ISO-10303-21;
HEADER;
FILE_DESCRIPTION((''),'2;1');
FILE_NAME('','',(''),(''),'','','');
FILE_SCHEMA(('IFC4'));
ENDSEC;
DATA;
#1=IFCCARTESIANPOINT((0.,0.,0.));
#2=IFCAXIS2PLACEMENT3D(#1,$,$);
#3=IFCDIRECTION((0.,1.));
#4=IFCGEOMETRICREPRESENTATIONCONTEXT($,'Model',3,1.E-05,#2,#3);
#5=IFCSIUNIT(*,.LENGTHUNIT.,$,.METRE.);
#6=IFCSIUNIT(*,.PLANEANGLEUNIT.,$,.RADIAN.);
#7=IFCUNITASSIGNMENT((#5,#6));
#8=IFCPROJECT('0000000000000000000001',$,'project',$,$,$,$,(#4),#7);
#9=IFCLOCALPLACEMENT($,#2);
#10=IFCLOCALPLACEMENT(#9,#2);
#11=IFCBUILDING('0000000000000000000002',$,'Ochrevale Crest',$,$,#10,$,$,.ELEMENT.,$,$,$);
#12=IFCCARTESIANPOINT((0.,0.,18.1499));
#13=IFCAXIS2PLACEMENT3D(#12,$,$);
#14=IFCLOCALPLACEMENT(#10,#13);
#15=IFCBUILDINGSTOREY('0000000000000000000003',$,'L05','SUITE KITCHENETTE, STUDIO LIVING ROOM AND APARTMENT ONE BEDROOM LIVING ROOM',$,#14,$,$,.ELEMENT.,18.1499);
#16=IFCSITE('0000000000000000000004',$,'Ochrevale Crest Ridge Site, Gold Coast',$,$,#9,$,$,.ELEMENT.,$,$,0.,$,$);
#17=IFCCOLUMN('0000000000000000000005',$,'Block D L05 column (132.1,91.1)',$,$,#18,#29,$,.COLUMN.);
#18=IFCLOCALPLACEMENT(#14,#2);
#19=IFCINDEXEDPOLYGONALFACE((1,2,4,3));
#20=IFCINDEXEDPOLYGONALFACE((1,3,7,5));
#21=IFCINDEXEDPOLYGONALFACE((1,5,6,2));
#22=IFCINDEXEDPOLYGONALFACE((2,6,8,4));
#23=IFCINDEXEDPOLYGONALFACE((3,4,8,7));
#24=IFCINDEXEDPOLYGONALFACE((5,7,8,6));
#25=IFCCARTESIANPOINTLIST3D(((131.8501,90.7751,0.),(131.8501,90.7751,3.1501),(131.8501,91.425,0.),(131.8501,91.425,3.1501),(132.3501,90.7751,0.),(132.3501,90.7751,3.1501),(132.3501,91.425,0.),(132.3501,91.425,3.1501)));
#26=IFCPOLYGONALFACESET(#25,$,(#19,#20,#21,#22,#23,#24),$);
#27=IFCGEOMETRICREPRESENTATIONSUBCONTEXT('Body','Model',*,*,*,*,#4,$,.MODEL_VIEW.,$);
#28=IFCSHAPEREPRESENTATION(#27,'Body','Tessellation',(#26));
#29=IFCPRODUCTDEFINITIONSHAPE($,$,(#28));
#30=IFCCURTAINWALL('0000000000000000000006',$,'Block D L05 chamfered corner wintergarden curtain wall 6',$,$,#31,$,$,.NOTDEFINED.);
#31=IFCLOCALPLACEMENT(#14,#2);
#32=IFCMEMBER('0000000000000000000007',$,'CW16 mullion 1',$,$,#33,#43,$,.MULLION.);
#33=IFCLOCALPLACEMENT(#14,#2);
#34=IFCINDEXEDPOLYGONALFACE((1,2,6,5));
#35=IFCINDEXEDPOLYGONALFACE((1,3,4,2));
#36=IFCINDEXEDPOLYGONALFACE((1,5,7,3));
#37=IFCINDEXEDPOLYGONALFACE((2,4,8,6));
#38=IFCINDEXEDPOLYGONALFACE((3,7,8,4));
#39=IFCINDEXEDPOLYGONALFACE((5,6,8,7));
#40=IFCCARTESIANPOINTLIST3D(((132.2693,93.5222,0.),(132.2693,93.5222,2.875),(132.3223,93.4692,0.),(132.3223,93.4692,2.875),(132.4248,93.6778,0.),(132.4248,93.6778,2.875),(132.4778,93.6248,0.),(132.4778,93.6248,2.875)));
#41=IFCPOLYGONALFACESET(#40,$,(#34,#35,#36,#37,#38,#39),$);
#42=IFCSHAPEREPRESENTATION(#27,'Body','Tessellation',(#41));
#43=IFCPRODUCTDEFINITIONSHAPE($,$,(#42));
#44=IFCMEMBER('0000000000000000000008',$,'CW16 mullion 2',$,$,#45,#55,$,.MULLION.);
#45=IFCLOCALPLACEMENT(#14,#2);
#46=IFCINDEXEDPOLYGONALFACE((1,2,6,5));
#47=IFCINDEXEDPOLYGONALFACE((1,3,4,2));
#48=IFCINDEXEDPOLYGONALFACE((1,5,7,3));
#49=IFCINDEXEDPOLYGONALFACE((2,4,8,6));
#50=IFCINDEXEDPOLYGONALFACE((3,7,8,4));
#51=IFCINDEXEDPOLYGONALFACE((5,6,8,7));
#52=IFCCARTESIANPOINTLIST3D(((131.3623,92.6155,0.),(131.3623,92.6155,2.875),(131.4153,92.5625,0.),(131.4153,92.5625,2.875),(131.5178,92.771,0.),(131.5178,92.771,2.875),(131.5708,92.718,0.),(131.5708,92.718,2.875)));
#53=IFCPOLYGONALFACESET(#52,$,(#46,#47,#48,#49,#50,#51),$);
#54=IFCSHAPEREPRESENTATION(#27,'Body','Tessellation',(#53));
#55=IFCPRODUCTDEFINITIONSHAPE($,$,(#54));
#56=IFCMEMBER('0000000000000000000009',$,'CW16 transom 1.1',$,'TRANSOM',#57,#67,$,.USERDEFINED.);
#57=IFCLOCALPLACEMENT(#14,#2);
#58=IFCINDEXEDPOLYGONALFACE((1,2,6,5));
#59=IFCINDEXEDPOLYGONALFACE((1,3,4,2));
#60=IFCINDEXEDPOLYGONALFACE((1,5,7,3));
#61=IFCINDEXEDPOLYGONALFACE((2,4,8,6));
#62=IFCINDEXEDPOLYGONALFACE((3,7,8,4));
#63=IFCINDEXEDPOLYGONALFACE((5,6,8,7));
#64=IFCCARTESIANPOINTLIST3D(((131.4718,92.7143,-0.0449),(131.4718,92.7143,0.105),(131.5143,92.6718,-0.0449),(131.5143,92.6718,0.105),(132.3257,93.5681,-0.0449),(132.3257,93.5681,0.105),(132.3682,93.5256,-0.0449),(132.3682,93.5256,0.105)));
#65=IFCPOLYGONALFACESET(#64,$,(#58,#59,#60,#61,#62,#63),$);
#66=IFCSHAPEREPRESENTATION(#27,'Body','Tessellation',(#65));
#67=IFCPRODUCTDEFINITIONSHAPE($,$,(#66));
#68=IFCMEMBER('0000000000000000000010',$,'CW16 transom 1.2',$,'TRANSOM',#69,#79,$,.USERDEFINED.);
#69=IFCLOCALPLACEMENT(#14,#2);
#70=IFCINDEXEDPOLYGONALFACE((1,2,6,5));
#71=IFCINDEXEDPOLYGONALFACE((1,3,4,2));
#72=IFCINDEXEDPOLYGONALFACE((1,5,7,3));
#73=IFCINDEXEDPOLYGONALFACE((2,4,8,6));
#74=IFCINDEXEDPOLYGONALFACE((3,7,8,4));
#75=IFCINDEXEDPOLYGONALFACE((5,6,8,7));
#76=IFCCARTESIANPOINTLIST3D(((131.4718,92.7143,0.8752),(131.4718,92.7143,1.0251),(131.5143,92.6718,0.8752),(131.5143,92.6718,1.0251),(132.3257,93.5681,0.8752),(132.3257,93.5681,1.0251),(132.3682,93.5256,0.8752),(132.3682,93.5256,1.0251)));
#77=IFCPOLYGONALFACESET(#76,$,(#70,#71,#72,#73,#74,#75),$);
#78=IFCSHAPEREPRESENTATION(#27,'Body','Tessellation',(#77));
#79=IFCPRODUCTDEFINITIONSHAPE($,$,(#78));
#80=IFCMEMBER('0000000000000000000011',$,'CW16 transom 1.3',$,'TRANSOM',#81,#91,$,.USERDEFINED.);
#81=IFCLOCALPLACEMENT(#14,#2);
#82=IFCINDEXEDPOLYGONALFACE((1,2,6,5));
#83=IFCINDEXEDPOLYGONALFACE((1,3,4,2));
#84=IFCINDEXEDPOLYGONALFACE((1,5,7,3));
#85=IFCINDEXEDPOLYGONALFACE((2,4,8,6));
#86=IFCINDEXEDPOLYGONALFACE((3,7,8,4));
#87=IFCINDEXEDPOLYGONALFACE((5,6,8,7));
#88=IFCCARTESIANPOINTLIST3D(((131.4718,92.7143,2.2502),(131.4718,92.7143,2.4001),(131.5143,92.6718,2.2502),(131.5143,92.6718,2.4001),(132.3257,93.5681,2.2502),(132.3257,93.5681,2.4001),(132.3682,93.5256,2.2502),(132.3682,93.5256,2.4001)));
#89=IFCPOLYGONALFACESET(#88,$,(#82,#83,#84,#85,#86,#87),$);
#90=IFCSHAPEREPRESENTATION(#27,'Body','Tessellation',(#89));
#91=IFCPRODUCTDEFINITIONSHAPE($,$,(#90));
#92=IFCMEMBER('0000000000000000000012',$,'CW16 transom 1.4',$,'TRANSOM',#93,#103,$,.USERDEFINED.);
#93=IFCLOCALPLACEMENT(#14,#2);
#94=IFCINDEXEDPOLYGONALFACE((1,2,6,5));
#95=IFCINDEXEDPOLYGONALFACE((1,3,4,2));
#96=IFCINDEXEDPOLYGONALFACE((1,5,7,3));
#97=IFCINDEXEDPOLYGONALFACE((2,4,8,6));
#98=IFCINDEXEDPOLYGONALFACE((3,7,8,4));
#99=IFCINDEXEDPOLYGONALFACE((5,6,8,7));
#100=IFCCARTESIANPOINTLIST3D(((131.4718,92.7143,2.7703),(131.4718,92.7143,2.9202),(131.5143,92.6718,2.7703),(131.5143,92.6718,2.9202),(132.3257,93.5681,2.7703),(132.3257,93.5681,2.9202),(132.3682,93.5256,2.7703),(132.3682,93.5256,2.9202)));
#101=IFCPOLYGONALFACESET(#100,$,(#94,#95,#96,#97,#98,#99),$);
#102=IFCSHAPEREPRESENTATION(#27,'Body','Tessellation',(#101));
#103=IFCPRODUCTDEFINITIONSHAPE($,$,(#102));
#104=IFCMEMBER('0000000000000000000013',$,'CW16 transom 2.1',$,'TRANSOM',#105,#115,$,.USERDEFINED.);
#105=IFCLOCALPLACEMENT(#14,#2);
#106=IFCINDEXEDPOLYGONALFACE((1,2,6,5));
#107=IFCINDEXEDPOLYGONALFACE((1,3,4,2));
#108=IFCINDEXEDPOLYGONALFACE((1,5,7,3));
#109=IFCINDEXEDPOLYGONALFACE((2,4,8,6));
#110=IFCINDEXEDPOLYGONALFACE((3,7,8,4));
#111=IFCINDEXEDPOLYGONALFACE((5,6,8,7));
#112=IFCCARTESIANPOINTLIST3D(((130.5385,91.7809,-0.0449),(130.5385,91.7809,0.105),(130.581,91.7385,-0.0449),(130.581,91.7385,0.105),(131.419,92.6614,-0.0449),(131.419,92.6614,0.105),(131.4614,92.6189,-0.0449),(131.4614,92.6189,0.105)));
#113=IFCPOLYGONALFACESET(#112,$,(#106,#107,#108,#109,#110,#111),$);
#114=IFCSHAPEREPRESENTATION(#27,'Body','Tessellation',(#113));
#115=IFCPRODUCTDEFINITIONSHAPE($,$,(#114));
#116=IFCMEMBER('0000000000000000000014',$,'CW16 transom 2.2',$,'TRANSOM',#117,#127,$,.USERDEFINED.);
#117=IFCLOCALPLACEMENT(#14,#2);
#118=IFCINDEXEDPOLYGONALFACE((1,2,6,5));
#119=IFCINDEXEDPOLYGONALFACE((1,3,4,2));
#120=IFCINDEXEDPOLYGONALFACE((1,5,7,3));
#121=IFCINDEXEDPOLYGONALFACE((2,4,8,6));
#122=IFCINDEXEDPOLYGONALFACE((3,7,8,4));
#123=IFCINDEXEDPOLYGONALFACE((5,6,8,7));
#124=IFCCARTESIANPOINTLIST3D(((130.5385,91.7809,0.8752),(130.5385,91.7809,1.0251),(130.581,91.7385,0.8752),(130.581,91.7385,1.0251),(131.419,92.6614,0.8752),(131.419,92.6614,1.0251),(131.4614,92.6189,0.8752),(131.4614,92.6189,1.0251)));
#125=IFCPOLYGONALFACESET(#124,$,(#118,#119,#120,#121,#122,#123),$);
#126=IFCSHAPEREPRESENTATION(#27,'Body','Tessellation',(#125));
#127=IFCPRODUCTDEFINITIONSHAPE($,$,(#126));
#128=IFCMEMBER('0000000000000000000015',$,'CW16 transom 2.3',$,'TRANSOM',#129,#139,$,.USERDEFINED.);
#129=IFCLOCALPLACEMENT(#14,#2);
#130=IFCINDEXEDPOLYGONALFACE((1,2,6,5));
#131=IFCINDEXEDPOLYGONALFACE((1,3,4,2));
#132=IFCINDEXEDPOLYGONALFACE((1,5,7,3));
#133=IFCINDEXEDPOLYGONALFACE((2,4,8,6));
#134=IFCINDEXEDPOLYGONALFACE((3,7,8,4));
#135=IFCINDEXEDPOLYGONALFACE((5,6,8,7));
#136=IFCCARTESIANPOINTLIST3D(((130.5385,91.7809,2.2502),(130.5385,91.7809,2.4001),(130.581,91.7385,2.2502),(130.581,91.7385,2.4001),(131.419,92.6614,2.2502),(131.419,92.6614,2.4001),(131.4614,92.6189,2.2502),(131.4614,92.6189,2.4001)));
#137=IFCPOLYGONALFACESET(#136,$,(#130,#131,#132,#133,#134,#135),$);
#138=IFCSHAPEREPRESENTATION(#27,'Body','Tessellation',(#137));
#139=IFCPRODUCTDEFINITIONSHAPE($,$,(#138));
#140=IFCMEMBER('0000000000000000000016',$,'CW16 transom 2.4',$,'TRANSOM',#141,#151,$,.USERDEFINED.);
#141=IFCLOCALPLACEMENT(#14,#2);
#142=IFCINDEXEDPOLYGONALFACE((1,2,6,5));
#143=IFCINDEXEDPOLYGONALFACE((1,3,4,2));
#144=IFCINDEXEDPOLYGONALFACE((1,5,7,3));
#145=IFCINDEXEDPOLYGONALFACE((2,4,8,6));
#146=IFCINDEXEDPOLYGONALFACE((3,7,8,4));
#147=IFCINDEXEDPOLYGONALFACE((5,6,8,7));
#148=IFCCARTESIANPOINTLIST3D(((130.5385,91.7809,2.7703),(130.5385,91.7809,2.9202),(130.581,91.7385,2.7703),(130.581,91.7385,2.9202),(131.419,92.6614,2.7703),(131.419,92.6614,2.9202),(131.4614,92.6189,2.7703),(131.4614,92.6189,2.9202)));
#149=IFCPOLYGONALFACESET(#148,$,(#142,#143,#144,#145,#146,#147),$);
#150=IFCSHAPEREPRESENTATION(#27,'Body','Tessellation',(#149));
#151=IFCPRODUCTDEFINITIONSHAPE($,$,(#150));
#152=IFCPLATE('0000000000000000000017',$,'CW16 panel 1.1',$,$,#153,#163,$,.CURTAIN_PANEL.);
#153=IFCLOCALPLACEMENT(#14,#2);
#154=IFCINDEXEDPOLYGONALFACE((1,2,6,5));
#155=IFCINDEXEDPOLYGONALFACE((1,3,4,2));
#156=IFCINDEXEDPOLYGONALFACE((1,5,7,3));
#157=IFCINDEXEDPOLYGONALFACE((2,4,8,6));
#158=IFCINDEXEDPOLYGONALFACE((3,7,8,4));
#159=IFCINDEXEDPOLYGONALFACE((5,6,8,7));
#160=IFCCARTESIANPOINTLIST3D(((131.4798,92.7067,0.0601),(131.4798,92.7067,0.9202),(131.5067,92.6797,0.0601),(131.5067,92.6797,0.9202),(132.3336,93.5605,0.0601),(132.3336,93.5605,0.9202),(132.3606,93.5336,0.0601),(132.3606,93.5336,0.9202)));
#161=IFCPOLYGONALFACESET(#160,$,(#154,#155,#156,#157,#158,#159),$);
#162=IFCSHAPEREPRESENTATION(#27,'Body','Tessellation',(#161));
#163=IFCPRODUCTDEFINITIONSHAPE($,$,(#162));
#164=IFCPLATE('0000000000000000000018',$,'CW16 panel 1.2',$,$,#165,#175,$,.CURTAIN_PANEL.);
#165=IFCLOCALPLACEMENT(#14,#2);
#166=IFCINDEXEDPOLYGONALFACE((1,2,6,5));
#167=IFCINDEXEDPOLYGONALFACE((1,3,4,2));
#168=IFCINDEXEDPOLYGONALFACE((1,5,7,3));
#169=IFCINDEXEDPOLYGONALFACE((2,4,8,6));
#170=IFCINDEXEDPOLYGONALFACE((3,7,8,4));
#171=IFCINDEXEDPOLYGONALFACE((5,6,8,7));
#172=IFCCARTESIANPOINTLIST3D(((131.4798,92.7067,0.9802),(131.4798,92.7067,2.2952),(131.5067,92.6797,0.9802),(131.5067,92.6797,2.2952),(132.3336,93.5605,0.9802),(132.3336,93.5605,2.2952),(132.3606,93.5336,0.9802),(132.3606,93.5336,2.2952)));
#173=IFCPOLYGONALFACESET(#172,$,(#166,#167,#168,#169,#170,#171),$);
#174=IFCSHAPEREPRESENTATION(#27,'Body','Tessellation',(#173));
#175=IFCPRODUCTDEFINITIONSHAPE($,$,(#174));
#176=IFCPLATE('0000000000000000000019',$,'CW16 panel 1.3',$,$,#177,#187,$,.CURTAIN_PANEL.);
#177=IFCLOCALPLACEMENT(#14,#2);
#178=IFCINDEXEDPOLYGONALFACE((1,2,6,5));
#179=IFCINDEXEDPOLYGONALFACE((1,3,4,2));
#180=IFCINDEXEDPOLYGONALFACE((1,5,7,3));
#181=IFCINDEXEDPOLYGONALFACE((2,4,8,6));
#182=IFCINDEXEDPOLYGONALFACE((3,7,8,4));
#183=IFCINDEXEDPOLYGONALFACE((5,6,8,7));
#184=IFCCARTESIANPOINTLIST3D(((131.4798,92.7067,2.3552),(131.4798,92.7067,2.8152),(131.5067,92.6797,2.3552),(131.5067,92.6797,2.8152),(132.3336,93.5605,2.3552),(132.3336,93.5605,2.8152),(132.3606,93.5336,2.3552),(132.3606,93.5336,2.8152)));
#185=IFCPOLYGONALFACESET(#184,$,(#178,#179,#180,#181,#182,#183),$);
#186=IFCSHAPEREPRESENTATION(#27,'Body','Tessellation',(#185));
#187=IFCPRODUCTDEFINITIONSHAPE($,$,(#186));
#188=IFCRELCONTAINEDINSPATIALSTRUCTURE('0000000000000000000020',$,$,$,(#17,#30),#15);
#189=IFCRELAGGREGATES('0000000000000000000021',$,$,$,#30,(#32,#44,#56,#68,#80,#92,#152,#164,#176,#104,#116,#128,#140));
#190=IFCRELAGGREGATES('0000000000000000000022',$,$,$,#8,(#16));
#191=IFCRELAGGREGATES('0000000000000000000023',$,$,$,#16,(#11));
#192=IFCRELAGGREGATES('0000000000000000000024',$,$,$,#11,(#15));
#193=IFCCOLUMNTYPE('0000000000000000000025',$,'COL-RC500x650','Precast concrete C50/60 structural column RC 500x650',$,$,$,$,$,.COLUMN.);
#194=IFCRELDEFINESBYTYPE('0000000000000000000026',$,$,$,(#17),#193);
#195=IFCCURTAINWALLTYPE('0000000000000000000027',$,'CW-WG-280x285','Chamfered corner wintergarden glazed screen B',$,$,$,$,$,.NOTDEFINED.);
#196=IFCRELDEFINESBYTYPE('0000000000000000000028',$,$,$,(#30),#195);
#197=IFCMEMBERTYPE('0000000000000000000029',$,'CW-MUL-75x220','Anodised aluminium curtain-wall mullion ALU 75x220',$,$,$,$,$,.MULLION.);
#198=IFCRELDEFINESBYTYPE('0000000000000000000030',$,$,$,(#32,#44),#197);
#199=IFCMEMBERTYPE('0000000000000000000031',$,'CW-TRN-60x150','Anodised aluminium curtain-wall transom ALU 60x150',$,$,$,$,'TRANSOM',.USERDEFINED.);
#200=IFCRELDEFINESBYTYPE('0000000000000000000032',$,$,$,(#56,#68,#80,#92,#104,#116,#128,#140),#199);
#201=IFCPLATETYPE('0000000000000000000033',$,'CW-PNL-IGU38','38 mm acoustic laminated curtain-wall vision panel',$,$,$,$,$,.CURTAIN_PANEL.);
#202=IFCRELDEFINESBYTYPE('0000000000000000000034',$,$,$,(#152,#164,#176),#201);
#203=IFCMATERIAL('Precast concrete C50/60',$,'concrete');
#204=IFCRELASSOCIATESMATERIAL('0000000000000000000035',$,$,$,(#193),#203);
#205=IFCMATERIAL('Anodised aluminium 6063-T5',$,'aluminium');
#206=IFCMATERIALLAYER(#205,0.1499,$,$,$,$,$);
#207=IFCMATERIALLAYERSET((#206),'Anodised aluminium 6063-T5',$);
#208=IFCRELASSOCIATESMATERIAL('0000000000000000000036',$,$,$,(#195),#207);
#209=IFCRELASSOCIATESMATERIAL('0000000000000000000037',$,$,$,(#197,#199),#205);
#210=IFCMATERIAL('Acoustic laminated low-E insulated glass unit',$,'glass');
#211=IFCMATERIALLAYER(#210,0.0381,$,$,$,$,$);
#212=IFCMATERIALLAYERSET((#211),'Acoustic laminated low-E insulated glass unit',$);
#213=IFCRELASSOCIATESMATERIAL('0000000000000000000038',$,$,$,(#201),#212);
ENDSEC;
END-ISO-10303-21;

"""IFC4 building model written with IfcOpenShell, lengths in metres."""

from ifc_helpers import new_model, si_unit, direction, frame, origin, origin_2d, place, context, subcontext, project, spatial, rectangle, extrude, material, layer, layer_set, material_profile, profile_set, type_object, element, aggregate, save


model = new_model("IFC4")

# Units and contexts
model_context = context("Model", 3, precision=1e-05, world=origin(), true_north=direction((0.0, 1.0)))
body_context = subcontext(model_context, "Body", "Model", "MODEL_VIEW")
ifc_project = project(units=[si_unit("LENGTHUNIT", "METRE"), si_unit("PLANEANGLEUNIT", "RADIAN")], contexts=[model_context])

# Site, building, storey
site_placement = place(None, origin())
site = spatial("IfcSite", under=ifc_project, at=site_placement, Name="Ochrevale Crest Ridge Site, Gold Coast", CompositionType="ELEMENT", RefElevation=0.0)
building_placement = place(site_placement, origin())
building = spatial("IfcBuilding", under=site, at=building_placement, Name="Ochrevale Crest", CompositionType="ELEMENT")
storey_placement = place(building_placement, frame((0.0, 0.0, 18.1499)))
storey = spatial("IfcBuildingStorey", under=building, at=storey_placement, Name="L05", Description="SUITE KITCHENETTE, STUDIO LIVING ROOM AND APARTMENT ONE BEDROOM LIVING ROOM", CompositionType="ELEMENT", Elevation=18.1499)

# Column
ifc_material_1 = material(Name="Precast concrete C50/60", Category="concrete")
ifc_material_profile_1 = material_profile(ifc_material_1, rectangle(XDim=0.5, YDim=0.6499, at=origin_2d()), Name="RC 500x650")
ifc_profile_set_1 = profile_set([ifc_material_profile_1], Name="Precast concrete C50/60")
column_type = type_object("IfcColumnType", Name="COL-RC500x650", Description="Precast concrete C50/60 structural column RC 500x650", PredefinedType="COLUMN", material=ifc_profile_set_1)
column_placement = place(storey_placement, frame((132.1001, 91.1001, 0.0), z_axis=(0.0, 0.0, 1.0), x_axis=(1.0, 0.0, 0.0)))
element("IfcColumn", 1, at=column_placement, inside=storey, type_object=column_type, Name="Block D L05 column (132.1,91.1)", PredefinedType="COLUMN", context=body_context, shape_type="SweptSolid", body=[
    extrude(rectangle(XDim=0.5, YDim=0.6499, at=origin_2d()), origin(), (0.0, 0.0, 1.0), 3.1501),
])

# Curtain wall, members, plates
ifc_material_2 = material(Name="Anodised aluminium 6063-T5", Category="aluminium")
ifc_layer_1 = layer(ifc_material_2, 0.1499)
ifc_layer_set_1 = layer_set([ifc_layer_1], Name="Anodised aluminium 6063-T5")
curtain_wall_type = type_object("IfcCurtainWallType", Name="CW-WG-280x285", Description="Chamfered corner wintergarden glazed screen B", PredefinedType="NOTDEFINED", material=ifc_layer_set_1)
curtain_wall_placement = place(storey_placement, origin())
curtain_wall = element("IfcCurtainWall", 2, at=curtain_wall_placement, inside=storey, type_object=curtain_wall_type, Name="Block D L05 chamfered corner wintergarden curtain wall 6", PredefinedType="NOTDEFINED")
ifc_material_profile_2 = material_profile(ifc_material_2, rectangle(XDim=0.075, YDim=0.22, at=origin_2d()), Name="ALU 75x220")
ifc_profile_set_2 = profile_set([ifc_material_profile_2], Name="Anodised aluminium 6063-T5")
member_type_1 = type_object("IfcMemberType", Name="CW-MUL-75x220", Description="Anodised aluminium curtain-wall mullion ALU 75x220", PredefinedType="MULLION", material=ifc_profile_set_2)
member_1_placement = place(storey_placement, frame((132.3735, 93.5735, 0.0), z_axis=(0.0, 0.0, 1.0), x_axis=(0.707107, -0.707107, 0.0)))
member_1 = element("IfcMember", 3, at=member_1_placement, type_object=member_type_1, Name="CW16 mullion 1", PredefinedType="MULLION", context=body_context, shape_type="SweptSolid", body=[
    extrude(rectangle(XDim=0.075, YDim=0.22, at=origin_2d()), origin(), (0.0, 0.0, 1.0), 2.875),
])
member_2_placement = place(storey_placement, frame((131.4666, 92.6667, 0.0), z_axis=(0.0, 0.0, 1.0), x_axis=(0.707107, -0.707107, 0.0)))
member_2 = element("IfcMember", 4, at=member_2_placement, type_object=member_type_1, Name="CW16 mullion 2", PredefinedType="MULLION", context=body_context, shape_type="SweptSolid", body=[
    extrude(rectangle(XDim=0.075, YDim=0.22, at=origin_2d()), origin(), (0.0, 0.0, 1.0), 2.875),
])
ifc_material_profile_3 = material_profile(ifc_material_2, rectangle(XDim=0.0601, YDim=0.1499, at=origin_2d()), Name="ALU 60x150")
ifc_profile_set_3 = profile_set([ifc_material_profile_3], Name="Anodised aluminium 6063-T5")
member_type_2 = type_object("IfcMemberType", Name="CW-TRN-60x150", Description="Anodised aluminium curtain-wall transom ALU 60x150", ElementType="TRANSOM", PredefinedType="USERDEFINED", material=ifc_profile_set_3)
member_3_placement = place(storey_placement, frame((132.3469, 93.5469, 0.03), z_axis=(-0.707107, -0.707107, 0.0), x_axis=(0.707107, -0.707107, 0.0)))
member_3 = element("IfcMember", 5, at=member_3_placement, type_object=member_type_2, Name="CW16 transom 1.1", ObjectType="TRANSOM", PredefinedType="USERDEFINED", context=body_context, shape_type="SweptSolid", body=[
    extrude(rectangle(XDim=0.0601, YDim=0.1499, at=origin_2d()), origin(), (0.0, 0.0, 1.0), 1.2075),
])
member_4_placement = place(storey_placement, frame((132.3469, 93.5469, 0.9502), z_axis=(-0.707107, -0.707107, 0.0), x_axis=(0.707107, -0.707107, 0.0)))
member_4 = element("IfcMember", 6, at=member_4_placement, type_object=member_type_2, Name="CW16 transom 1.2", ObjectType="TRANSOM", PredefinedType="USERDEFINED", context=body_context, shape_type="SweptSolid", body=[
    extrude(rectangle(XDim=0.0601, YDim=0.1499, at=origin_2d()), origin(), (0.0, 0.0, 1.0), 1.2075),
])
member_5_placement = place(storey_placement, frame((132.3469, 93.5469, 2.3252), z_axis=(-0.707107, -0.707107, 0.0), x_axis=(0.707107, -0.707107, 0.0)))
member_5 = element("IfcMember", 7, at=member_5_placement, type_object=member_type_2, Name="CW16 transom 1.3", ObjectType="TRANSOM", PredefinedType="USERDEFINED", context=body_context, shape_type="SweptSolid", body=[
    extrude(rectangle(XDim=0.0601, YDim=0.1499, at=origin_2d()), origin(), (0.0, 0.0, 1.0), 1.2075),
])
member_6_placement = place(storey_placement, frame((132.3469, 93.5469, 2.8452), z_axis=(-0.707107, -0.707107, 0.0), x_axis=(0.707107, -0.707107, 0.0)))
member_6 = element("IfcMember", 8, at=member_6_placement, type_object=member_type_2, Name="CW16 transom 1.4", ObjectType="TRANSOM", PredefinedType="USERDEFINED", context=body_context, shape_type="SweptSolid", body=[
    extrude(rectangle(XDim=0.0601, YDim=0.1499, at=origin_2d()), origin(), (0.0, 0.0, 1.0), 1.2075),
])
member_7_placement = place(storey_placement, frame((131.4402, 92.6401, 0.03), z_axis=(-0.707107, -0.707107, 0.0), x_axis=(0.707107, -0.707107, 0.0)))
member_7 = element("IfcMember", 9, at=member_7_placement, type_object=member_type_2, Name="CW16 transom 2.1", ObjectType="TRANSOM", PredefinedType="USERDEFINED", context=body_context, shape_type="SweptSolid", body=[
    extrude(rectangle(XDim=0.0601, YDim=0.1499, at=origin_2d()), origin(), (0.0, 0.0, 1.0), 1.2451),
])
member_8_placement = place(storey_placement, frame((131.4402, 92.6401, 0.9502), z_axis=(-0.707107, -0.707107, 0.0), x_axis=(0.707107, -0.707107, 0.0)))
member_8 = element("IfcMember", 10, at=member_8_placement, type_object=member_type_2, Name="CW16 transom 2.2", ObjectType="TRANSOM", PredefinedType="USERDEFINED", context=body_context, shape_type="SweptSolid", body=[
    extrude(rectangle(XDim=0.0601, YDim=0.1499, at=origin_2d()), origin(), (0.0, 0.0, 1.0), 1.2451),
])
member_9_placement = place(storey_placement, frame((131.4402, 92.6401, 2.3252), z_axis=(-0.707107, -0.707107, 0.0), x_axis=(0.707107, -0.707107, 0.0)))
member_9 = element("IfcMember", 11, at=member_9_placement, type_object=member_type_2, Name="CW16 transom 2.3", ObjectType="TRANSOM", PredefinedType="USERDEFINED", context=body_context, shape_type="SweptSolid", body=[
    extrude(rectangle(XDim=0.0601, YDim=0.1499, at=origin_2d()), origin(), (0.0, 0.0, 1.0), 1.2451),
])
member_10_placement = place(storey_placement, frame((131.4402, 92.6401, 2.8452), z_axis=(-0.707107, -0.707107, 0.0), x_axis=(0.707107, -0.707107, 0.0)))
member_10 = element("IfcMember", 12, at=member_10_placement, type_object=member_type_2, Name="CW16 transom 2.4", ObjectType="TRANSOM", PredefinedType="USERDEFINED", context=body_context, shape_type="SweptSolid", body=[
    extrude(rectangle(XDim=0.0601, YDim=0.1499, at=origin_2d()), origin(), (0.0, 0.0, 1.0), 1.2451),
])
ifc_material_3 = material(Name="Acoustic laminated low-E insulated glass unit", Category="glass")
ifc_layer_2 = layer(ifc_material_3, 0.0381)
ifc_layer_set_2 = layer_set([ifc_layer_2], Name="Acoustic laminated low-E insulated glass unit")
plate_type = type_object("IfcPlateType", Name="CW-PNL-IGU38", Description="38 mm acoustic laminated curtain-wall vision panel", PredefinedType="CURTAIN_PANEL", material=ifc_layer_set_2)
plate_1_placement = place(storey_placement, frame((131.9202, 93.1201, 0.0601), z_axis=(0.0, 0.0, 1.0), x_axis=(-0.707107, -0.707107, 0.0)))
plate_1 = element("IfcPlate", 13, at=plate_1_placement, type_object=plate_type, Name="CW16 panel 1.1", PredefinedType="CURTAIN_PANEL", context=body_context, shape_type="SweptSolid", body=[
    extrude(rectangle(XDim=1.2075, YDim=0.0381, at=origin_2d()), origin(), (0.0, 0.0, 1.0), 0.8601),
])
plate_2_placement = place(storey_placement, frame((131.9202, 93.1201, 0.9802), z_axis=(0.0, 0.0, 1.0), x_axis=(-0.707107, -0.707107, 0.0)))
plate_2 = element("IfcPlate", 14, at=plate_2_placement, type_object=plate_type, Name="CW16 panel 1.2", PredefinedType="CURTAIN_PANEL", context=body_context, shape_type="SweptSolid", body=[
    extrude(rectangle(XDim=1.2075, YDim=0.0381, at=origin_2d()), origin(), (0.0, 0.0, 1.0), 1.3149),
])
plate_3_placement = place(storey_placement, frame((131.9202, 93.1201, 2.3552), z_axis=(0.0, 0.0, 1.0), x_axis=(-0.707107, -0.707107, 0.0)))
plate_3 = element("IfcPlate", 15, at=plate_3_placement, type_object=plate_type, Name="CW16 panel 1.3", PredefinedType="CURTAIN_PANEL", context=body_context, shape_type="SweptSolid", body=[
    extrude(rectangle(XDim=1.2075, YDim=0.0381, at=origin_2d()), origin(), (0.0, 0.0, 1.0), 0.46),
])
aggregate(curtain_wall, [member_1, member_2, member_3, member_4, member_5, member_6, plate_1, plate_2, plate_3, member_7, member_8, member_9, member_10])

save(model, "model.ifc")
